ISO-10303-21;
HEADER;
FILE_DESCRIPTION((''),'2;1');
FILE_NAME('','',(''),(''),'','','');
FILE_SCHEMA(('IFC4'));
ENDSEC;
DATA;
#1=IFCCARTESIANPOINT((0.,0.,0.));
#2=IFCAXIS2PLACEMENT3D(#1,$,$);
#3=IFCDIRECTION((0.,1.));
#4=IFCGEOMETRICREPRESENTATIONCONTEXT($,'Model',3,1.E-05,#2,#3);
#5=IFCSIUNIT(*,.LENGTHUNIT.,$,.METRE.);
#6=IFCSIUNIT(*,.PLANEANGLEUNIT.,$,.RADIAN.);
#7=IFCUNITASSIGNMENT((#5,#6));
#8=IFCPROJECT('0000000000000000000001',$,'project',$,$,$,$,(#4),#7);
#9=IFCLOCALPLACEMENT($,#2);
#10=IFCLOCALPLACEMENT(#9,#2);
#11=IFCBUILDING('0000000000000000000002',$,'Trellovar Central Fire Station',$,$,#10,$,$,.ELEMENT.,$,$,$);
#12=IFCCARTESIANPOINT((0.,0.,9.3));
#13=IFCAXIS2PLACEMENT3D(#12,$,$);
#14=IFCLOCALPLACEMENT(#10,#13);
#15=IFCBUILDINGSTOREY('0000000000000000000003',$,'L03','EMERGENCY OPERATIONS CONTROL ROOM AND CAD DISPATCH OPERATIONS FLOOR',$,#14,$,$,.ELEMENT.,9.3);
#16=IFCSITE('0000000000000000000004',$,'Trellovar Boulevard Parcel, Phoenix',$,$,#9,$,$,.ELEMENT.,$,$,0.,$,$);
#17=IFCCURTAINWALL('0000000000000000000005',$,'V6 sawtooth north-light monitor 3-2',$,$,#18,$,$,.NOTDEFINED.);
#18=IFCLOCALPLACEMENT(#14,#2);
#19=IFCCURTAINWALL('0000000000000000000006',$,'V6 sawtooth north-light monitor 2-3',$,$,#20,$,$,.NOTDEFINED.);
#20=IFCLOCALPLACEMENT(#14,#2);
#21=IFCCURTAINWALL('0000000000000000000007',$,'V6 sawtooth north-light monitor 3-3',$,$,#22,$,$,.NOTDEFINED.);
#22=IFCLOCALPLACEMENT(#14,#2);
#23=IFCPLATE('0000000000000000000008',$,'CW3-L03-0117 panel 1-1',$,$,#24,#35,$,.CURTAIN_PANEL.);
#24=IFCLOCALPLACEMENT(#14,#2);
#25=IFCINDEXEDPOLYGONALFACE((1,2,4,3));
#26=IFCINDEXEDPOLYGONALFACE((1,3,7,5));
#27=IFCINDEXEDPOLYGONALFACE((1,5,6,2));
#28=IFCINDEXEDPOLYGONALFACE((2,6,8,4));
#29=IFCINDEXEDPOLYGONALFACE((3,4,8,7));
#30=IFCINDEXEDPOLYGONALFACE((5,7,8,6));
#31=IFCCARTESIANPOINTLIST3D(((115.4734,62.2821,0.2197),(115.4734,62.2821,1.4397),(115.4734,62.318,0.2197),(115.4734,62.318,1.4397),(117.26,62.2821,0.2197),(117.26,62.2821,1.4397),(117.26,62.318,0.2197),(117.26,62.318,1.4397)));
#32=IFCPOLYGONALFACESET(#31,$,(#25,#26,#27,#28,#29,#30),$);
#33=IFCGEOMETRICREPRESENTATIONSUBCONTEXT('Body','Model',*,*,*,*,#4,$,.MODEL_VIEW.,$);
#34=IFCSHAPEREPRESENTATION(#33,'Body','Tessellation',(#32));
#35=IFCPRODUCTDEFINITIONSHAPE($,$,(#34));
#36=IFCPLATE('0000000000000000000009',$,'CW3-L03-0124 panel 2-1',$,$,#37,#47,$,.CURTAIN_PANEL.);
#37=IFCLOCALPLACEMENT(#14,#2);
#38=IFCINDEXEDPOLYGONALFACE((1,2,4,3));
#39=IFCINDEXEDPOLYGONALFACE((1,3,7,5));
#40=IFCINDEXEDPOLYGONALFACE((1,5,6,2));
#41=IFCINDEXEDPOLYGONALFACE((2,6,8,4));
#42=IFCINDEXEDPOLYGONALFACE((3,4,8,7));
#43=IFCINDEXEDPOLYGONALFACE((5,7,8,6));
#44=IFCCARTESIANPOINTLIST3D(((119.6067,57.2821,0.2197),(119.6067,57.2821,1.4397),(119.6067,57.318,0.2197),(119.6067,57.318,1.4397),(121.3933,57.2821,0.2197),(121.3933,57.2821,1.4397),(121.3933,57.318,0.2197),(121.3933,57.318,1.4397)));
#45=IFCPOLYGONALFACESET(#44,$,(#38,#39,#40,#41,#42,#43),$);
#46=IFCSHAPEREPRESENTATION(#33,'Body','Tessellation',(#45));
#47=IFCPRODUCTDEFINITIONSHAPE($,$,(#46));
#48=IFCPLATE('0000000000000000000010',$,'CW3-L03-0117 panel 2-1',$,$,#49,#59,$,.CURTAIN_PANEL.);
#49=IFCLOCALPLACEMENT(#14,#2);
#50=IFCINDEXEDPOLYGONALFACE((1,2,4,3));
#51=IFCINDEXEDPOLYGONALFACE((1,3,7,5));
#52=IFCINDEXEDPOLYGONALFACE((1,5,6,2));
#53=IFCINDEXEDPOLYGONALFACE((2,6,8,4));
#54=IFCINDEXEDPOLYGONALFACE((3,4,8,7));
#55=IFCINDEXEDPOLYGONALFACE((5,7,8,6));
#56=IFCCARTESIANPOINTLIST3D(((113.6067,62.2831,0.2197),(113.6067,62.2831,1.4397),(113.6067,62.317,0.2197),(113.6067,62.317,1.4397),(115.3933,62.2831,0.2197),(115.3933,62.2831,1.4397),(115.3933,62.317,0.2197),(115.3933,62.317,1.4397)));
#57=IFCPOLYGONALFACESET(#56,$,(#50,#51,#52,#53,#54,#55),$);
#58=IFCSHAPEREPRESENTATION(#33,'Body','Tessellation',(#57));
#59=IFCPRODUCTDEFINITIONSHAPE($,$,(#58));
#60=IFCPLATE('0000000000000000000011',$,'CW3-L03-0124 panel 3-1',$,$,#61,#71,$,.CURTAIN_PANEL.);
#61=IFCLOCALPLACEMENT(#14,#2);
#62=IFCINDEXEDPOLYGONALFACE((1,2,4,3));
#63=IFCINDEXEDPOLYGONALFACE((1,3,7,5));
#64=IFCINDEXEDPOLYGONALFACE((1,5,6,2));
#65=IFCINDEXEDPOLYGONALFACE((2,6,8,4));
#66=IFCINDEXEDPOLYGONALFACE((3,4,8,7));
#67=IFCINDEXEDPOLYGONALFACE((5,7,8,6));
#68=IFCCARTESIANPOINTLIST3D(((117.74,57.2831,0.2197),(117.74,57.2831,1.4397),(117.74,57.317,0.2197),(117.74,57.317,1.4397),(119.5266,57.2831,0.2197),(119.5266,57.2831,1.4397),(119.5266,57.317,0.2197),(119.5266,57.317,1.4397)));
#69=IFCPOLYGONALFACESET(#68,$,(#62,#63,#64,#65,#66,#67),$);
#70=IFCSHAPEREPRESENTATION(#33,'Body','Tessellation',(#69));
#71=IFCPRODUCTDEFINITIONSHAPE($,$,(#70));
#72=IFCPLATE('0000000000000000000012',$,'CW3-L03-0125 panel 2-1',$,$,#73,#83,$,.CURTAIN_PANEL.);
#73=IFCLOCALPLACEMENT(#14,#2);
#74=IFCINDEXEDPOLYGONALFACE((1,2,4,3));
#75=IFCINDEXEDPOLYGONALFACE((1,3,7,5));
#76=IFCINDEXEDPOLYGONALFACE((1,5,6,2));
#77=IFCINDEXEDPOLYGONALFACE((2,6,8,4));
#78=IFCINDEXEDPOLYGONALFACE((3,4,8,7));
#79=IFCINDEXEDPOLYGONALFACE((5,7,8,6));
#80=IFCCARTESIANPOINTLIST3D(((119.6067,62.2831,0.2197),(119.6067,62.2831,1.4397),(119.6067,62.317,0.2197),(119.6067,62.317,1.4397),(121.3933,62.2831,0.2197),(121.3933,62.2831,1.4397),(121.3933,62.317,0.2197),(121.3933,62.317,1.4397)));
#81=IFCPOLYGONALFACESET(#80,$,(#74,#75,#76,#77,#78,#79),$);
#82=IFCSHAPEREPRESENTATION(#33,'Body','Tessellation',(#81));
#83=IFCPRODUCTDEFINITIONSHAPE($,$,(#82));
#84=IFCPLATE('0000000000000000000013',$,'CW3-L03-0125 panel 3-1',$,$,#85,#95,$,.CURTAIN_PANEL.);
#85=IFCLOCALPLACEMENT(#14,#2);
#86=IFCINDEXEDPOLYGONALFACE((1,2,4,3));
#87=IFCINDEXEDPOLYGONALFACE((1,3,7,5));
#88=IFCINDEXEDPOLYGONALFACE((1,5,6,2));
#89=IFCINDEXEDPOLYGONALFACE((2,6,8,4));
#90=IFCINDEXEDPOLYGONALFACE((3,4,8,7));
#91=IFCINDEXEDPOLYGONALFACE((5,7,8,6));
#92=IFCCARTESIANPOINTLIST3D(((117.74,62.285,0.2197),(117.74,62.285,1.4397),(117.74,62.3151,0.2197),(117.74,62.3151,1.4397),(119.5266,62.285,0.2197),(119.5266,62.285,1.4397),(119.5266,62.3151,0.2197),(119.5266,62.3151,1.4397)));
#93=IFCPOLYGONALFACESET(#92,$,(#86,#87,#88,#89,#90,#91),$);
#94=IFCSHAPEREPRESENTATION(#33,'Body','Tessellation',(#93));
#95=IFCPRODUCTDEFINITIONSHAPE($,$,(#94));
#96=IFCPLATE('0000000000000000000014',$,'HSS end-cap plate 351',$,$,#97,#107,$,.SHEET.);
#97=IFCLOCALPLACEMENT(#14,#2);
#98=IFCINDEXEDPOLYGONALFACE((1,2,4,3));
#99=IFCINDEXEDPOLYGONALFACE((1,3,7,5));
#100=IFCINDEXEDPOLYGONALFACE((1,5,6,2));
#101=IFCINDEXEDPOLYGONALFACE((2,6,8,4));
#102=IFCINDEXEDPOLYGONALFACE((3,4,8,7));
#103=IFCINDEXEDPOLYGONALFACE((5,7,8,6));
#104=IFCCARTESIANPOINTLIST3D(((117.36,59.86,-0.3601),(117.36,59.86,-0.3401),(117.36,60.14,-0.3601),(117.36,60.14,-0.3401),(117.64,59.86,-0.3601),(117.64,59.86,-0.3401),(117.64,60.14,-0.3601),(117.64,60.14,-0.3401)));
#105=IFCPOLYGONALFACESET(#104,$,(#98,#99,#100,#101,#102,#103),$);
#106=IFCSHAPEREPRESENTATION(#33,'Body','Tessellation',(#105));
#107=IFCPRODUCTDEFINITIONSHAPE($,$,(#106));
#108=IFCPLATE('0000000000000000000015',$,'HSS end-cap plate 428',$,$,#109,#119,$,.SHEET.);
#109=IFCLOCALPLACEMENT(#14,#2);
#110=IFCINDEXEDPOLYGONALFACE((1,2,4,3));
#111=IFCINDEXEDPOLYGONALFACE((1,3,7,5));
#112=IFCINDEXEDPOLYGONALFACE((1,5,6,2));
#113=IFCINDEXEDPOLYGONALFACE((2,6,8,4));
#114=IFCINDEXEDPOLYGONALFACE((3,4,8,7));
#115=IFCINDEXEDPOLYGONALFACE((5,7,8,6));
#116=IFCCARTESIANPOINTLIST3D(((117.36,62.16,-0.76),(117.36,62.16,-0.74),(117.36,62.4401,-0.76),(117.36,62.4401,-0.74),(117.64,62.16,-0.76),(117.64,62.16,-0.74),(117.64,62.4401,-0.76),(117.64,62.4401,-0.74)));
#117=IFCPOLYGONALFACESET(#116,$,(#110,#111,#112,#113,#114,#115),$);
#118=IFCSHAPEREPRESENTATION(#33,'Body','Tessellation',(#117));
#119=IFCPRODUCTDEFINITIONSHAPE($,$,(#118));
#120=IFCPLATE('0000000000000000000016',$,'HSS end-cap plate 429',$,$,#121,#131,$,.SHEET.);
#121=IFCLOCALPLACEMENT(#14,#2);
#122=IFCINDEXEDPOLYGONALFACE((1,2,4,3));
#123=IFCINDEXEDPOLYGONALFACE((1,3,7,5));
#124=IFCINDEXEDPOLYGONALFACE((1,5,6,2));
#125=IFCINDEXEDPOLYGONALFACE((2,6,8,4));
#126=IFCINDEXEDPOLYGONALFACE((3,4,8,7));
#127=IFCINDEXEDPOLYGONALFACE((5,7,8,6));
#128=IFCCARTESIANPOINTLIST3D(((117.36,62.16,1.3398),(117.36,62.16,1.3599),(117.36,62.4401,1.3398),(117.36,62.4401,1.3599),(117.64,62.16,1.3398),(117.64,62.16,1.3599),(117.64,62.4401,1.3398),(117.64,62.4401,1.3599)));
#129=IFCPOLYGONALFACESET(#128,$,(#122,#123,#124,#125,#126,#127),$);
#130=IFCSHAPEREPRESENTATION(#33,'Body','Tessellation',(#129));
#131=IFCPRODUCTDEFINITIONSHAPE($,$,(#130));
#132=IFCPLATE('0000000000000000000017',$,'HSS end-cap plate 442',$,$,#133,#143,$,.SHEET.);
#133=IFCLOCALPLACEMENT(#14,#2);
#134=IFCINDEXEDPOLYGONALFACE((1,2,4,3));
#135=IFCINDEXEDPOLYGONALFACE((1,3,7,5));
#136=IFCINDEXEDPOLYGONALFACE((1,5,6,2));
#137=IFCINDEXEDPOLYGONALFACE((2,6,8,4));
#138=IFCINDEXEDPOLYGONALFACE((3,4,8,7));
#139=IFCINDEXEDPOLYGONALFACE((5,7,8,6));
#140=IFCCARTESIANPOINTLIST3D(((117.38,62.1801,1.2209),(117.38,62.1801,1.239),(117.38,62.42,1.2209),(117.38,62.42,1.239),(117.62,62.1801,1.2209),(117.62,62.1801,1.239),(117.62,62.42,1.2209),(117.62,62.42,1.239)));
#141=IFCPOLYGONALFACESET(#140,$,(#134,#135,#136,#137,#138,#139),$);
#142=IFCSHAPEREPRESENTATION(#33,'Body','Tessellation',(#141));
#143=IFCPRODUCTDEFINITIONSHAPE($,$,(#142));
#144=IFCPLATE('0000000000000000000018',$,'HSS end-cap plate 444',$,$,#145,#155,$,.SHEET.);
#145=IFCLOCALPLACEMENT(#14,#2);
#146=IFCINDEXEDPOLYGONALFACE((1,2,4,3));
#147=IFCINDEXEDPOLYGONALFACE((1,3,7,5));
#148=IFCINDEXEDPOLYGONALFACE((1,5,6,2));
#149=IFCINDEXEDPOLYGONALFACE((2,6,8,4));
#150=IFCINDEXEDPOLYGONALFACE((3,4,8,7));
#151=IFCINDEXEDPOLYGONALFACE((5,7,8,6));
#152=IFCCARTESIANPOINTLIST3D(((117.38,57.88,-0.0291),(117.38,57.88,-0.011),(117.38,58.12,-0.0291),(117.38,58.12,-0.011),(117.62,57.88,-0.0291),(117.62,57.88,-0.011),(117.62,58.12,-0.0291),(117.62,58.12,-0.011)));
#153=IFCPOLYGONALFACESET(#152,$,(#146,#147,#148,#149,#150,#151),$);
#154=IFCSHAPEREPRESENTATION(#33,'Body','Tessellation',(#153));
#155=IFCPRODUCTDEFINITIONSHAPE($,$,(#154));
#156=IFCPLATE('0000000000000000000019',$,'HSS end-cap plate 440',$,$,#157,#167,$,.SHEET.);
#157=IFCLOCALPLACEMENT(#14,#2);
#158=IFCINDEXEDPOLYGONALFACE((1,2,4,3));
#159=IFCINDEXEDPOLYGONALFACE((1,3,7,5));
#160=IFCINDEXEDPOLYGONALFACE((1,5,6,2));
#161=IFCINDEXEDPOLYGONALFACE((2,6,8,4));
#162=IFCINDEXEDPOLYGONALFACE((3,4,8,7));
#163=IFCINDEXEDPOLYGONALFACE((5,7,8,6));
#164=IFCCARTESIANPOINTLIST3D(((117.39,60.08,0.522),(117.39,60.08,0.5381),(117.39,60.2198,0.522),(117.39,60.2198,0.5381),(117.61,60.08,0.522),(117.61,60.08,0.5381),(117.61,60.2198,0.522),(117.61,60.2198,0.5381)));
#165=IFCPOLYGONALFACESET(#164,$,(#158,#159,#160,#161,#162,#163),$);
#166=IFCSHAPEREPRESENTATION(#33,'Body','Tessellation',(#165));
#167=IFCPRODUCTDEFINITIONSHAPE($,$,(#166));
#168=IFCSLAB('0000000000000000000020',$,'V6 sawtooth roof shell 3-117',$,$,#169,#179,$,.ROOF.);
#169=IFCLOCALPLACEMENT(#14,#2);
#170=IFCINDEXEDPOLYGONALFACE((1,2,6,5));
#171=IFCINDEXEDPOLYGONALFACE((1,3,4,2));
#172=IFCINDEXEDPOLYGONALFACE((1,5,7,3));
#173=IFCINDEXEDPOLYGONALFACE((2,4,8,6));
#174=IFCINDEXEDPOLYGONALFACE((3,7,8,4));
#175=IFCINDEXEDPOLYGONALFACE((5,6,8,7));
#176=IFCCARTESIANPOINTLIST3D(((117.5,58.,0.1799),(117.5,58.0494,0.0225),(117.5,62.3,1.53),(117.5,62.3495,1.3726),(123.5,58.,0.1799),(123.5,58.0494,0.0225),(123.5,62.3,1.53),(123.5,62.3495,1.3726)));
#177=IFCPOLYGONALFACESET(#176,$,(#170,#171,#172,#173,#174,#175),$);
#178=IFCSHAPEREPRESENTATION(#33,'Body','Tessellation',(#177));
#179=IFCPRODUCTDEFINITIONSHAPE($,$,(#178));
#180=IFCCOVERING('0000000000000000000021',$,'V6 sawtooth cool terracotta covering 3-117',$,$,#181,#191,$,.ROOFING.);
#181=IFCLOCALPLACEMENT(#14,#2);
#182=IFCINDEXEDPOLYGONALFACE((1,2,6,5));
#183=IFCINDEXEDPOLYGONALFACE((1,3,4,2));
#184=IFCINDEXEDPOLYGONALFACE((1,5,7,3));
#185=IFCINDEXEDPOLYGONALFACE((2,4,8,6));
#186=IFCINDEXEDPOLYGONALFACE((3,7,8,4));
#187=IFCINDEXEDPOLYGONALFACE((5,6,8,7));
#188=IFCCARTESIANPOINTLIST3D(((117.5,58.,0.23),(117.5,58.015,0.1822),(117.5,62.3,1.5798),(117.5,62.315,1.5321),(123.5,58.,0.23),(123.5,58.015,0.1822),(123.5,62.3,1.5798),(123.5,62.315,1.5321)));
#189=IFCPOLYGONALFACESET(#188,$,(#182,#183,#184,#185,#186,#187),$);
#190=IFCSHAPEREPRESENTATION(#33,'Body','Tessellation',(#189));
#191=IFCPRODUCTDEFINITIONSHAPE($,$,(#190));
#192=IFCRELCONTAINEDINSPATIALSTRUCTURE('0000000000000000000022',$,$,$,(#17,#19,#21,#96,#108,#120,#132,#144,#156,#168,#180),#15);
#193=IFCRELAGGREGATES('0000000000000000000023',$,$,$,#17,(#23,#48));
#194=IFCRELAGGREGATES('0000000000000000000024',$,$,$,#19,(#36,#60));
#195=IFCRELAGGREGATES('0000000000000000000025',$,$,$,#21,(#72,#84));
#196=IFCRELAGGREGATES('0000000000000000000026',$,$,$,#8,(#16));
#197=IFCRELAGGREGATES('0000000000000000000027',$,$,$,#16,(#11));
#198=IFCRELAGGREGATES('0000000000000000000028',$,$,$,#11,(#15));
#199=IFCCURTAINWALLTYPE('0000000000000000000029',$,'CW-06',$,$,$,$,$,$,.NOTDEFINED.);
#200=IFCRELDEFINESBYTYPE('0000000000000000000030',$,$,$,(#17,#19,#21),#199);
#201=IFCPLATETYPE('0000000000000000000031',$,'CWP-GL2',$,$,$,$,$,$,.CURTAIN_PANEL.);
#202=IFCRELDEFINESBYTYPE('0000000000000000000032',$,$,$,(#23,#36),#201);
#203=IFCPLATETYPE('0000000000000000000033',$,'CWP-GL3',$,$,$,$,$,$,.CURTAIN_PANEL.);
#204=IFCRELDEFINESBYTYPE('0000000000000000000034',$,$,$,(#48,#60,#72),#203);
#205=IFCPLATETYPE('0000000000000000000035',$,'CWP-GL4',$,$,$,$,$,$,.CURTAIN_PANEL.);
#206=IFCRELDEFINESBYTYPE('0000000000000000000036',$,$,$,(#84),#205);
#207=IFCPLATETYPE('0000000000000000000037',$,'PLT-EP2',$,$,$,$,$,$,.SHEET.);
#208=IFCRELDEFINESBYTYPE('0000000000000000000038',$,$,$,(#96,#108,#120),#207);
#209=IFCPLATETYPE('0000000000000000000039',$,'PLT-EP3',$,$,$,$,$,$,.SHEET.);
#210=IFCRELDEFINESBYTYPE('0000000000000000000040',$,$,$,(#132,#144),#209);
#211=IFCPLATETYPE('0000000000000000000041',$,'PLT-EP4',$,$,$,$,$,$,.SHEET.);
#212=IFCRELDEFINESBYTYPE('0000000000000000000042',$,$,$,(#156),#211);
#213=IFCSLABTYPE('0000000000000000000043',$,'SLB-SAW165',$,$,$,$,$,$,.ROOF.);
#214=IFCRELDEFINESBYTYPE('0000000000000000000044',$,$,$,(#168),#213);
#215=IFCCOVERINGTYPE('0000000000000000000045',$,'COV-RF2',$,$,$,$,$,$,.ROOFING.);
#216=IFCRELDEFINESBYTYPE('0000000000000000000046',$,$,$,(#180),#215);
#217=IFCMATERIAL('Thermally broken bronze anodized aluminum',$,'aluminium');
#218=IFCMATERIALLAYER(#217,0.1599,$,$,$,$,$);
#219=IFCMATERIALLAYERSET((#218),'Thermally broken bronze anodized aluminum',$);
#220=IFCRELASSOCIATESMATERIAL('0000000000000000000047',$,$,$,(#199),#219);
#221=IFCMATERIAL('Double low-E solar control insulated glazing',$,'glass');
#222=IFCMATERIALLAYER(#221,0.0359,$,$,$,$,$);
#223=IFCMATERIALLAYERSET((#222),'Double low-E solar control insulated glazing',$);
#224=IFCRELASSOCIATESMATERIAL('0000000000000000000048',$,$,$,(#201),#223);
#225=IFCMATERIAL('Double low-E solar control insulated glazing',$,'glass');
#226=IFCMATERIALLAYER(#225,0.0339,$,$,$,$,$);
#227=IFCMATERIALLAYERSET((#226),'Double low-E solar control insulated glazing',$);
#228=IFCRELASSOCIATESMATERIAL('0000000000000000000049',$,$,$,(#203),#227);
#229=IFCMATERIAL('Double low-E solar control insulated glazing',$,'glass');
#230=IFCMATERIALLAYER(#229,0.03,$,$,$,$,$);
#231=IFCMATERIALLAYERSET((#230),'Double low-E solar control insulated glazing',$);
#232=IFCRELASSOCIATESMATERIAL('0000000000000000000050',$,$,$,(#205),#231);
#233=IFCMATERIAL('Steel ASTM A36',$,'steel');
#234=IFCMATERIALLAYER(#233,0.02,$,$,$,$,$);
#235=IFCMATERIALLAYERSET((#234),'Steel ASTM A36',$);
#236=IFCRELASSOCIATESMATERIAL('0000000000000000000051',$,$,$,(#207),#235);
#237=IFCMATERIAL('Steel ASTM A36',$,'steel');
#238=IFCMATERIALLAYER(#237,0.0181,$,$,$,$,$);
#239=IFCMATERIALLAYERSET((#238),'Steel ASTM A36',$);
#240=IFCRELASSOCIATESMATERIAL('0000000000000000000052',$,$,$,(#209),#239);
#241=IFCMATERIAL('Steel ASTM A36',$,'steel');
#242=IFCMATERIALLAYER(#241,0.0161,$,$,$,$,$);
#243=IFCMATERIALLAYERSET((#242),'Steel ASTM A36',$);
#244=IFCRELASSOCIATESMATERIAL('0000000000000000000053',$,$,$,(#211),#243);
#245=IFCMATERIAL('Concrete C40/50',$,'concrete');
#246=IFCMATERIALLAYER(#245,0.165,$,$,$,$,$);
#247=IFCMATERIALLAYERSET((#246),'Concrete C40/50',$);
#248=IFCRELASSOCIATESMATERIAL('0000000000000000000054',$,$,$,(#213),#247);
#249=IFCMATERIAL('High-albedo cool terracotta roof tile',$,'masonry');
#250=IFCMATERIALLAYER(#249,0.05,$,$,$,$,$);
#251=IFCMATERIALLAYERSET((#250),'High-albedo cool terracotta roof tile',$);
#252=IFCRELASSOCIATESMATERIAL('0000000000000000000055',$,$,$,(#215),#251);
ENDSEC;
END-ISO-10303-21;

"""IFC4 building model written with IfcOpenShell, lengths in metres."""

from ifc_helpers import new_model, si_unit, direction, frame, origin, origin_2d, place, context, subcontext, project, spatial, polyline, rectangle, outline, extrude, material, layer, layer_set, type_object, element, aggregate, save


model = new_model("IFC4")

# Units and contexts
model_context = context("Model", 3, precision=1e-05, world=origin(), true_north=direction((0.0, 1.0)))
body_context = subcontext(model_context, "Body", "Model", "MODEL_VIEW")
ifc_project = project(units=[si_unit("LENGTHUNIT", "METRE"), si_unit("PLANEANGLEUNIT", "RADIAN")], contexts=[model_context])

# Site, building, storey
site_placement = place(None, origin())
site = spatial("IfcSite", under=ifc_project, at=site_placement, Name="Trellovar Boulevard Parcel, Phoenix", CompositionType="ELEMENT", RefElevation=0.0)
building_placement = place(site_placement, origin())
building = spatial("IfcBuilding", under=site, at=building_placement, Name="Trellovar Central Fire Station", CompositionType="ELEMENT")
storey_placement = place(building_placement, frame((0.0, 0.0, 9.3)))
storey = spatial("IfcBuildingStorey", under=building, at=storey_placement, Name="L03", Description="EMERGENCY OPERATIONS CONTROL ROOM AND CAD DISPATCH OPERATIONS FLOOR", CompositionType="ELEMENT", Elevation=9.3)

# Curtain walls
ifc_material_1 = material(Name="Thermally broken bronze anodized aluminum", Category="aluminium")
ifc_layer_1 = layer(ifc_material_1, 0.1599)
ifc_layer_set_1 = layer_set([ifc_layer_1], Name="Thermally broken bronze anodized aluminum")
curtain_wall_type = type_object("IfcCurtainWallType", Name="CW-06", PredefinedType="NOTDEFINED", material=ifc_layer_set_1)
curtain_wall_1_placement = place(storey_placement, origin())
curtain_wall_1 = element("IfcCurtainWall", 1, at=curtain_wall_1_placement, inside=storey, type_object=curtain_wall_type, Name="V6 sawtooth north-light monitor 3-2", PredefinedType="NOTDEFINED")
curtain_wall_2_placement = place(storey_placement, origin())
curtain_wall_2 = element("IfcCurtainWall", 2, at=curtain_wall_2_placement, inside=storey, type_object=curtain_wall_type, Name="V6 sawtooth north-light monitor 2-3", PredefinedType="NOTDEFINED")
curtain_wall_3_placement = place(storey_placement, origin())
curtain_wall_3 = element("IfcCurtainWall", 3, at=curtain_wall_3_placement, inside=storey, type_object=curtain_wall_type, Name="V6 sawtooth north-light monitor 3-3", PredefinedType="NOTDEFINED")

# Plates
ifc_material_2 = material(Name="Double low-E solar control insulated glazing", Category="glass")
ifc_layer_2 = layer(ifc_material_2, 0.0359)
ifc_layer_set_2 = layer_set([ifc_layer_2], Name="Double low-E solar control insulated glazing")
plate_type_1 = type_object("IfcPlateType", Name="CWP-GL2", PredefinedType="CURTAIN_PANEL", material=ifc_layer_set_2)
plate_1_placement = place(storey_placement, frame((116.3667, 62.3, 0.2197), z_axis=(0.0, 0.0, 1.0), x_axis=(-1.0, 0.0, 0.0)))
plate_1 = element("IfcPlate", 4, at=plate_1_placement, type_object=plate_type_1, Name="CW3-L03-0117 panel 1-1", PredefinedType="CURTAIN_PANEL", context=body_context, shape_type="SweptSolid", body=[
    extrude(rectangle(XDim=1.7866, YDim=0.0359, at=origin_2d()), origin(), (0.0, 0.0, 1.0), 1.22),
])
plate_2_placement = place(storey_placement, frame((120.5, 57.3, 0.2197), z_axis=(0.0, 0.0, 1.0), x_axis=(-1.0, 0.0, 0.0)))
plate_2 = element("IfcPlate", 5, at=plate_2_placement, type_object=plate_type_1, Name="CW3-L03-0124 panel 2-1", PredefinedType="CURTAIN_PANEL", context=body_context, shape_type="SweptSolid", body=[
    extrude(rectangle(XDim=1.7866, YDim=0.0359, at=origin_2d()), origin(), (0.0, 0.0, 1.0), 1.22),
])
ifc_material_3 = material(Name="Double low-E solar control insulated glazing", Category="glass")
ifc_layer_3 = layer(ifc_material_3, 0.0339)
ifc_layer_set_3 = layer_set([ifc_layer_3], Name="Double low-E solar control insulated glazing")
plate_type_2 = type_object("IfcPlateType", Name="CWP-GL3", PredefinedType="CURTAIN_PANEL", material=ifc_layer_set_3)
plate_3_placement = place(storey_placement, frame((114.5, 62.3, 0.2197), z_axis=(0.0, 0.0, 1.0), x_axis=(-1.0, 0.0, 0.0)))
plate_3 = element("IfcPlate", 6, at=plate_3_placement, type_object=plate_type_2, Name="CW3-L03-0117 panel 2-1", PredefinedType="CURTAIN_PANEL", context=body_context, shape_type="SweptSolid", body=[
    extrude(rectangle(XDim=1.7866, YDim=0.0339, at=origin_2d()), origin(), (0.0, 0.0, 1.0), 1.22),
])
aggregate(curtain_wall_1, [plate_1, plate_3])
plate_4_placement = place(storey_placement, frame((118.6333, 57.3, 0.2197), z_axis=(0.0, 0.0, 1.0), x_axis=(-1.0, 0.0, 0.0)))
plate_4 = element("IfcPlate", 7, at=plate_4_placement, type_object=plate_type_2, Name="CW3-L03-0124 panel 3-1", PredefinedType="CURTAIN_PANEL", context=body_context, shape_type="SweptSolid", body=[
    extrude(rectangle(XDim=1.7866, YDim=0.0339, at=origin_2d()), origin(), (0.0, 0.0, 1.0), 1.22),
])
aggregate(curtain_wall_2, [plate_2, plate_4])
plate_5_placement = place(storey_placement, frame((120.5, 62.3, 0.2197), z_axis=(0.0, 0.0, 1.0), x_axis=(-1.0, 0.0, 0.0)))
plate_5 = element("IfcPlate", 8, at=plate_5_placement, type_object=plate_type_2, Name="CW3-L03-0125 panel 2-1", PredefinedType="CURTAIN_PANEL", context=body_context, shape_type="SweptSolid", body=[
    extrude(rectangle(XDim=1.7866, YDim=0.0339, at=origin_2d()), origin(), (0.0, 0.0, 1.0), 1.22),
])
ifc_material_4 = material(Name="Double low-E solar control insulated glazing", Category="glass")
ifc_layer_4 = layer(ifc_material_4, 0.03)
ifc_layer_set_4 = layer_set([ifc_layer_4], Name="Double low-E solar control insulated glazing")
plate_type_3 = type_object("IfcPlateType", Name="CWP-GL4", PredefinedType="CURTAIN_PANEL", material=ifc_layer_set_4)
plate_6_placement = place(storey_placement, frame((118.6333, 62.3, 0.2197), z_axis=(0.0, 0.0, 1.0), x_axis=(-1.0, 0.0, 0.0)))
plate_6 = element("IfcPlate", 9, at=plate_6_placement, type_object=plate_type_3, Name="CW3-L03-0125 panel 3-1", PredefinedType="CURTAIN_PANEL", context=body_context, shape_type="SweptSolid", body=[
    extrude(rectangle(XDim=1.7866, YDim=0.03, at=origin_2d()), origin(), (0.0, 0.0, 1.0), 1.22),
])
aggregate(curtain_wall_3, [plate_5, plate_6])

# Plates
ifc_material_5 = material(Name="Steel ASTM A36", Category="steel")
ifc_layer_5 = layer(ifc_material_5, 0.02)
ifc_layer_set_5 = layer_set([ifc_layer_5], Name="Steel ASTM A36")
plate_type_4 = type_object("IfcPlateType", Name="PLT-EP2", PredefinedType="SHEET", material=ifc_layer_set_5)
for number, where, z_axis, x_axis, name in (
    (10, (117.5, 60.0, -0.3601), (0.0, 0.0, 1.0), (1.0, 0.0, 0.0), "HSS end-cap plate 351"),
    (11, (117.5, 62.3, -0.76), (0.0, 0.0, 1.0), (1.0, 0.0, 0.0), "HSS end-cap plate 428"),
    (12, (117.5, 62.3, 1.3398), (0.0, 0.0, 1.0), (1.0, 0.0, 0.0), "HSS end-cap plate 429"),
):
    element("IfcPlate", number, at=place(storey_placement, frame(where, z_axis=z_axis, x_axis=x_axis)), inside=storey, type_object=plate_type_4, Name=name, PredefinedType="SHEET", context=body_context, shape_type="SweptSolid", body=[
        extrude(rectangle(XDim=0.28, YDim=0.28, at=origin_2d()), origin(), (0.0, 0.0, 1.0), 0.02),
    ])
ifc_material_6 = material(Name="Steel ASTM A36", Category="steel")
ifc_layer_6 = layer(ifc_material_6, 0.0181)
ifc_layer_set_6 = layer_set([ifc_layer_6], Name="Steel ASTM A36")
plate_type_5 = type_object("IfcPlateType", Name="PLT-EP3", PredefinedType="SHEET", material=ifc_layer_set_6)
for number, where, z_axis, x_axis, name in (
    (13, (117.5, 62.3, 1.2209), (0.0, 0.0, 1.0), (1.0, 0.0, 0.0), "HSS end-cap plate 442"),
    (14, (117.5, 58.0, -0.0291), (0.0, 0.0, 1.0), (1.0, 0.0, 0.0), "HSS end-cap plate 444"),
):
    element("IfcPlate", number, at=place(storey_placement, frame(where, z_axis=z_axis, x_axis=x_axis)), inside=storey, type_object=plate_type_5, Name=name, PredefinedType="SHEET", context=body_context, shape_type="SweptSolid", body=[
        extrude(rectangle(XDim=0.24, YDim=0.24, at=origin_2d()), origin(), (0.0, 0.0, 1.0), 0.0181),
    ])
ifc_material_7 = material(Name="Steel ASTM A36", Category="steel")
ifc_layer_7 = layer(ifc_material_7, 0.0161)
ifc_layer_set_7 = layer_set([ifc_layer_7], Name="Steel ASTM A36")
plate_type_6 = type_object("IfcPlateType", Name="PLT-EP4", PredefinedType="SHEET", material=ifc_layer_set_7)
plate_7_placement = place(storey_placement, frame((117.5, 60.1499, 0.522), z_axis=(0.0, 0.0, 1.0), x_axis=(1.0, 0.0, 0.0)))
element("IfcPlate", 15, at=plate_7_placement, inside=storey, type_object=plate_type_6, Name="HSS end-cap plate 440", PredefinedType="SHEET", context=body_context, shape_type="SweptSolid", body=[
    extrude(rectangle(XDim=0.22, YDim=0.1399, at=origin_2d()), origin(), (0.0, 0.0, 1.0), 0.0161),
])

# Slab
ifc_material_8 = material(Name="Concrete C40/50", Category="concrete")
ifc_layer_8 = layer(ifc_material_8, 0.165)
ifc_layer_set_8 = layer_set([ifc_layer_8], Name="Concrete C40/50")
slab_type = type_object("IfcSlabType", Name="SLB-SAW165", PredefinedType="ROOF", material=ifc_layer_set_8)
slab_placement = place(storey_placement, frame((117.5, 58.0, 0.1799), z_axis=(0.0, -0.299555, 0.954079), x_axis=(1.0, 0.0, 0.0)))
element("IfcSlab", 16, at=slab_placement, inside=storey, type_object=slab_type, Name="V6 sawtooth roof shell 3-117", PredefinedType="ROOF", context=body_context, shape_type="SweptSolid", body=[
    extrude(outline(polyline([(0.0, 0.0), (6.0, 0.0), (6.0, 4.507), (0.0, 4.507), (0.0, 0.0)])), origin(), (0.0, 0.0, -1.0), 0.165),
])

# Covering
ifc_material_9 = material(Name="High-albedo cool terracotta roof tile", Category="masonry")
ifc_layer_9 = layer(ifc_material_9, 0.05)
ifc_layer_set_9 = layer_set([ifc_layer_9], Name="High-albedo cool terracotta roof tile")
covering_type = type_object("IfcCoveringType", Name="COV-RF2", PredefinedType="ROOFING", material=ifc_layer_set_9)
covering_placement = place(storey_placement, frame((117.5, 58.0, 0.23), z_axis=(0.0, -0.299505, 0.954095), x_axis=(1.0, 0.0, 0.0)))
element("IfcCovering", 17, at=covering_placement, inside=storey, type_object=covering_type, Name="V6 sawtooth cool terracotta covering 3-117", PredefinedType="ROOFING", context=body_context, shape_type="SweptSolid", body=[
    extrude(outline(polyline([(0.0, 0.0), (6.0, 0.0), (6.0, 4.5069), (0.0, 4.5069), (0.0, 0.0)])), origin(), (0.0, 0.0, -1.0), 0.05),
])

save(model, "model.ifc")
